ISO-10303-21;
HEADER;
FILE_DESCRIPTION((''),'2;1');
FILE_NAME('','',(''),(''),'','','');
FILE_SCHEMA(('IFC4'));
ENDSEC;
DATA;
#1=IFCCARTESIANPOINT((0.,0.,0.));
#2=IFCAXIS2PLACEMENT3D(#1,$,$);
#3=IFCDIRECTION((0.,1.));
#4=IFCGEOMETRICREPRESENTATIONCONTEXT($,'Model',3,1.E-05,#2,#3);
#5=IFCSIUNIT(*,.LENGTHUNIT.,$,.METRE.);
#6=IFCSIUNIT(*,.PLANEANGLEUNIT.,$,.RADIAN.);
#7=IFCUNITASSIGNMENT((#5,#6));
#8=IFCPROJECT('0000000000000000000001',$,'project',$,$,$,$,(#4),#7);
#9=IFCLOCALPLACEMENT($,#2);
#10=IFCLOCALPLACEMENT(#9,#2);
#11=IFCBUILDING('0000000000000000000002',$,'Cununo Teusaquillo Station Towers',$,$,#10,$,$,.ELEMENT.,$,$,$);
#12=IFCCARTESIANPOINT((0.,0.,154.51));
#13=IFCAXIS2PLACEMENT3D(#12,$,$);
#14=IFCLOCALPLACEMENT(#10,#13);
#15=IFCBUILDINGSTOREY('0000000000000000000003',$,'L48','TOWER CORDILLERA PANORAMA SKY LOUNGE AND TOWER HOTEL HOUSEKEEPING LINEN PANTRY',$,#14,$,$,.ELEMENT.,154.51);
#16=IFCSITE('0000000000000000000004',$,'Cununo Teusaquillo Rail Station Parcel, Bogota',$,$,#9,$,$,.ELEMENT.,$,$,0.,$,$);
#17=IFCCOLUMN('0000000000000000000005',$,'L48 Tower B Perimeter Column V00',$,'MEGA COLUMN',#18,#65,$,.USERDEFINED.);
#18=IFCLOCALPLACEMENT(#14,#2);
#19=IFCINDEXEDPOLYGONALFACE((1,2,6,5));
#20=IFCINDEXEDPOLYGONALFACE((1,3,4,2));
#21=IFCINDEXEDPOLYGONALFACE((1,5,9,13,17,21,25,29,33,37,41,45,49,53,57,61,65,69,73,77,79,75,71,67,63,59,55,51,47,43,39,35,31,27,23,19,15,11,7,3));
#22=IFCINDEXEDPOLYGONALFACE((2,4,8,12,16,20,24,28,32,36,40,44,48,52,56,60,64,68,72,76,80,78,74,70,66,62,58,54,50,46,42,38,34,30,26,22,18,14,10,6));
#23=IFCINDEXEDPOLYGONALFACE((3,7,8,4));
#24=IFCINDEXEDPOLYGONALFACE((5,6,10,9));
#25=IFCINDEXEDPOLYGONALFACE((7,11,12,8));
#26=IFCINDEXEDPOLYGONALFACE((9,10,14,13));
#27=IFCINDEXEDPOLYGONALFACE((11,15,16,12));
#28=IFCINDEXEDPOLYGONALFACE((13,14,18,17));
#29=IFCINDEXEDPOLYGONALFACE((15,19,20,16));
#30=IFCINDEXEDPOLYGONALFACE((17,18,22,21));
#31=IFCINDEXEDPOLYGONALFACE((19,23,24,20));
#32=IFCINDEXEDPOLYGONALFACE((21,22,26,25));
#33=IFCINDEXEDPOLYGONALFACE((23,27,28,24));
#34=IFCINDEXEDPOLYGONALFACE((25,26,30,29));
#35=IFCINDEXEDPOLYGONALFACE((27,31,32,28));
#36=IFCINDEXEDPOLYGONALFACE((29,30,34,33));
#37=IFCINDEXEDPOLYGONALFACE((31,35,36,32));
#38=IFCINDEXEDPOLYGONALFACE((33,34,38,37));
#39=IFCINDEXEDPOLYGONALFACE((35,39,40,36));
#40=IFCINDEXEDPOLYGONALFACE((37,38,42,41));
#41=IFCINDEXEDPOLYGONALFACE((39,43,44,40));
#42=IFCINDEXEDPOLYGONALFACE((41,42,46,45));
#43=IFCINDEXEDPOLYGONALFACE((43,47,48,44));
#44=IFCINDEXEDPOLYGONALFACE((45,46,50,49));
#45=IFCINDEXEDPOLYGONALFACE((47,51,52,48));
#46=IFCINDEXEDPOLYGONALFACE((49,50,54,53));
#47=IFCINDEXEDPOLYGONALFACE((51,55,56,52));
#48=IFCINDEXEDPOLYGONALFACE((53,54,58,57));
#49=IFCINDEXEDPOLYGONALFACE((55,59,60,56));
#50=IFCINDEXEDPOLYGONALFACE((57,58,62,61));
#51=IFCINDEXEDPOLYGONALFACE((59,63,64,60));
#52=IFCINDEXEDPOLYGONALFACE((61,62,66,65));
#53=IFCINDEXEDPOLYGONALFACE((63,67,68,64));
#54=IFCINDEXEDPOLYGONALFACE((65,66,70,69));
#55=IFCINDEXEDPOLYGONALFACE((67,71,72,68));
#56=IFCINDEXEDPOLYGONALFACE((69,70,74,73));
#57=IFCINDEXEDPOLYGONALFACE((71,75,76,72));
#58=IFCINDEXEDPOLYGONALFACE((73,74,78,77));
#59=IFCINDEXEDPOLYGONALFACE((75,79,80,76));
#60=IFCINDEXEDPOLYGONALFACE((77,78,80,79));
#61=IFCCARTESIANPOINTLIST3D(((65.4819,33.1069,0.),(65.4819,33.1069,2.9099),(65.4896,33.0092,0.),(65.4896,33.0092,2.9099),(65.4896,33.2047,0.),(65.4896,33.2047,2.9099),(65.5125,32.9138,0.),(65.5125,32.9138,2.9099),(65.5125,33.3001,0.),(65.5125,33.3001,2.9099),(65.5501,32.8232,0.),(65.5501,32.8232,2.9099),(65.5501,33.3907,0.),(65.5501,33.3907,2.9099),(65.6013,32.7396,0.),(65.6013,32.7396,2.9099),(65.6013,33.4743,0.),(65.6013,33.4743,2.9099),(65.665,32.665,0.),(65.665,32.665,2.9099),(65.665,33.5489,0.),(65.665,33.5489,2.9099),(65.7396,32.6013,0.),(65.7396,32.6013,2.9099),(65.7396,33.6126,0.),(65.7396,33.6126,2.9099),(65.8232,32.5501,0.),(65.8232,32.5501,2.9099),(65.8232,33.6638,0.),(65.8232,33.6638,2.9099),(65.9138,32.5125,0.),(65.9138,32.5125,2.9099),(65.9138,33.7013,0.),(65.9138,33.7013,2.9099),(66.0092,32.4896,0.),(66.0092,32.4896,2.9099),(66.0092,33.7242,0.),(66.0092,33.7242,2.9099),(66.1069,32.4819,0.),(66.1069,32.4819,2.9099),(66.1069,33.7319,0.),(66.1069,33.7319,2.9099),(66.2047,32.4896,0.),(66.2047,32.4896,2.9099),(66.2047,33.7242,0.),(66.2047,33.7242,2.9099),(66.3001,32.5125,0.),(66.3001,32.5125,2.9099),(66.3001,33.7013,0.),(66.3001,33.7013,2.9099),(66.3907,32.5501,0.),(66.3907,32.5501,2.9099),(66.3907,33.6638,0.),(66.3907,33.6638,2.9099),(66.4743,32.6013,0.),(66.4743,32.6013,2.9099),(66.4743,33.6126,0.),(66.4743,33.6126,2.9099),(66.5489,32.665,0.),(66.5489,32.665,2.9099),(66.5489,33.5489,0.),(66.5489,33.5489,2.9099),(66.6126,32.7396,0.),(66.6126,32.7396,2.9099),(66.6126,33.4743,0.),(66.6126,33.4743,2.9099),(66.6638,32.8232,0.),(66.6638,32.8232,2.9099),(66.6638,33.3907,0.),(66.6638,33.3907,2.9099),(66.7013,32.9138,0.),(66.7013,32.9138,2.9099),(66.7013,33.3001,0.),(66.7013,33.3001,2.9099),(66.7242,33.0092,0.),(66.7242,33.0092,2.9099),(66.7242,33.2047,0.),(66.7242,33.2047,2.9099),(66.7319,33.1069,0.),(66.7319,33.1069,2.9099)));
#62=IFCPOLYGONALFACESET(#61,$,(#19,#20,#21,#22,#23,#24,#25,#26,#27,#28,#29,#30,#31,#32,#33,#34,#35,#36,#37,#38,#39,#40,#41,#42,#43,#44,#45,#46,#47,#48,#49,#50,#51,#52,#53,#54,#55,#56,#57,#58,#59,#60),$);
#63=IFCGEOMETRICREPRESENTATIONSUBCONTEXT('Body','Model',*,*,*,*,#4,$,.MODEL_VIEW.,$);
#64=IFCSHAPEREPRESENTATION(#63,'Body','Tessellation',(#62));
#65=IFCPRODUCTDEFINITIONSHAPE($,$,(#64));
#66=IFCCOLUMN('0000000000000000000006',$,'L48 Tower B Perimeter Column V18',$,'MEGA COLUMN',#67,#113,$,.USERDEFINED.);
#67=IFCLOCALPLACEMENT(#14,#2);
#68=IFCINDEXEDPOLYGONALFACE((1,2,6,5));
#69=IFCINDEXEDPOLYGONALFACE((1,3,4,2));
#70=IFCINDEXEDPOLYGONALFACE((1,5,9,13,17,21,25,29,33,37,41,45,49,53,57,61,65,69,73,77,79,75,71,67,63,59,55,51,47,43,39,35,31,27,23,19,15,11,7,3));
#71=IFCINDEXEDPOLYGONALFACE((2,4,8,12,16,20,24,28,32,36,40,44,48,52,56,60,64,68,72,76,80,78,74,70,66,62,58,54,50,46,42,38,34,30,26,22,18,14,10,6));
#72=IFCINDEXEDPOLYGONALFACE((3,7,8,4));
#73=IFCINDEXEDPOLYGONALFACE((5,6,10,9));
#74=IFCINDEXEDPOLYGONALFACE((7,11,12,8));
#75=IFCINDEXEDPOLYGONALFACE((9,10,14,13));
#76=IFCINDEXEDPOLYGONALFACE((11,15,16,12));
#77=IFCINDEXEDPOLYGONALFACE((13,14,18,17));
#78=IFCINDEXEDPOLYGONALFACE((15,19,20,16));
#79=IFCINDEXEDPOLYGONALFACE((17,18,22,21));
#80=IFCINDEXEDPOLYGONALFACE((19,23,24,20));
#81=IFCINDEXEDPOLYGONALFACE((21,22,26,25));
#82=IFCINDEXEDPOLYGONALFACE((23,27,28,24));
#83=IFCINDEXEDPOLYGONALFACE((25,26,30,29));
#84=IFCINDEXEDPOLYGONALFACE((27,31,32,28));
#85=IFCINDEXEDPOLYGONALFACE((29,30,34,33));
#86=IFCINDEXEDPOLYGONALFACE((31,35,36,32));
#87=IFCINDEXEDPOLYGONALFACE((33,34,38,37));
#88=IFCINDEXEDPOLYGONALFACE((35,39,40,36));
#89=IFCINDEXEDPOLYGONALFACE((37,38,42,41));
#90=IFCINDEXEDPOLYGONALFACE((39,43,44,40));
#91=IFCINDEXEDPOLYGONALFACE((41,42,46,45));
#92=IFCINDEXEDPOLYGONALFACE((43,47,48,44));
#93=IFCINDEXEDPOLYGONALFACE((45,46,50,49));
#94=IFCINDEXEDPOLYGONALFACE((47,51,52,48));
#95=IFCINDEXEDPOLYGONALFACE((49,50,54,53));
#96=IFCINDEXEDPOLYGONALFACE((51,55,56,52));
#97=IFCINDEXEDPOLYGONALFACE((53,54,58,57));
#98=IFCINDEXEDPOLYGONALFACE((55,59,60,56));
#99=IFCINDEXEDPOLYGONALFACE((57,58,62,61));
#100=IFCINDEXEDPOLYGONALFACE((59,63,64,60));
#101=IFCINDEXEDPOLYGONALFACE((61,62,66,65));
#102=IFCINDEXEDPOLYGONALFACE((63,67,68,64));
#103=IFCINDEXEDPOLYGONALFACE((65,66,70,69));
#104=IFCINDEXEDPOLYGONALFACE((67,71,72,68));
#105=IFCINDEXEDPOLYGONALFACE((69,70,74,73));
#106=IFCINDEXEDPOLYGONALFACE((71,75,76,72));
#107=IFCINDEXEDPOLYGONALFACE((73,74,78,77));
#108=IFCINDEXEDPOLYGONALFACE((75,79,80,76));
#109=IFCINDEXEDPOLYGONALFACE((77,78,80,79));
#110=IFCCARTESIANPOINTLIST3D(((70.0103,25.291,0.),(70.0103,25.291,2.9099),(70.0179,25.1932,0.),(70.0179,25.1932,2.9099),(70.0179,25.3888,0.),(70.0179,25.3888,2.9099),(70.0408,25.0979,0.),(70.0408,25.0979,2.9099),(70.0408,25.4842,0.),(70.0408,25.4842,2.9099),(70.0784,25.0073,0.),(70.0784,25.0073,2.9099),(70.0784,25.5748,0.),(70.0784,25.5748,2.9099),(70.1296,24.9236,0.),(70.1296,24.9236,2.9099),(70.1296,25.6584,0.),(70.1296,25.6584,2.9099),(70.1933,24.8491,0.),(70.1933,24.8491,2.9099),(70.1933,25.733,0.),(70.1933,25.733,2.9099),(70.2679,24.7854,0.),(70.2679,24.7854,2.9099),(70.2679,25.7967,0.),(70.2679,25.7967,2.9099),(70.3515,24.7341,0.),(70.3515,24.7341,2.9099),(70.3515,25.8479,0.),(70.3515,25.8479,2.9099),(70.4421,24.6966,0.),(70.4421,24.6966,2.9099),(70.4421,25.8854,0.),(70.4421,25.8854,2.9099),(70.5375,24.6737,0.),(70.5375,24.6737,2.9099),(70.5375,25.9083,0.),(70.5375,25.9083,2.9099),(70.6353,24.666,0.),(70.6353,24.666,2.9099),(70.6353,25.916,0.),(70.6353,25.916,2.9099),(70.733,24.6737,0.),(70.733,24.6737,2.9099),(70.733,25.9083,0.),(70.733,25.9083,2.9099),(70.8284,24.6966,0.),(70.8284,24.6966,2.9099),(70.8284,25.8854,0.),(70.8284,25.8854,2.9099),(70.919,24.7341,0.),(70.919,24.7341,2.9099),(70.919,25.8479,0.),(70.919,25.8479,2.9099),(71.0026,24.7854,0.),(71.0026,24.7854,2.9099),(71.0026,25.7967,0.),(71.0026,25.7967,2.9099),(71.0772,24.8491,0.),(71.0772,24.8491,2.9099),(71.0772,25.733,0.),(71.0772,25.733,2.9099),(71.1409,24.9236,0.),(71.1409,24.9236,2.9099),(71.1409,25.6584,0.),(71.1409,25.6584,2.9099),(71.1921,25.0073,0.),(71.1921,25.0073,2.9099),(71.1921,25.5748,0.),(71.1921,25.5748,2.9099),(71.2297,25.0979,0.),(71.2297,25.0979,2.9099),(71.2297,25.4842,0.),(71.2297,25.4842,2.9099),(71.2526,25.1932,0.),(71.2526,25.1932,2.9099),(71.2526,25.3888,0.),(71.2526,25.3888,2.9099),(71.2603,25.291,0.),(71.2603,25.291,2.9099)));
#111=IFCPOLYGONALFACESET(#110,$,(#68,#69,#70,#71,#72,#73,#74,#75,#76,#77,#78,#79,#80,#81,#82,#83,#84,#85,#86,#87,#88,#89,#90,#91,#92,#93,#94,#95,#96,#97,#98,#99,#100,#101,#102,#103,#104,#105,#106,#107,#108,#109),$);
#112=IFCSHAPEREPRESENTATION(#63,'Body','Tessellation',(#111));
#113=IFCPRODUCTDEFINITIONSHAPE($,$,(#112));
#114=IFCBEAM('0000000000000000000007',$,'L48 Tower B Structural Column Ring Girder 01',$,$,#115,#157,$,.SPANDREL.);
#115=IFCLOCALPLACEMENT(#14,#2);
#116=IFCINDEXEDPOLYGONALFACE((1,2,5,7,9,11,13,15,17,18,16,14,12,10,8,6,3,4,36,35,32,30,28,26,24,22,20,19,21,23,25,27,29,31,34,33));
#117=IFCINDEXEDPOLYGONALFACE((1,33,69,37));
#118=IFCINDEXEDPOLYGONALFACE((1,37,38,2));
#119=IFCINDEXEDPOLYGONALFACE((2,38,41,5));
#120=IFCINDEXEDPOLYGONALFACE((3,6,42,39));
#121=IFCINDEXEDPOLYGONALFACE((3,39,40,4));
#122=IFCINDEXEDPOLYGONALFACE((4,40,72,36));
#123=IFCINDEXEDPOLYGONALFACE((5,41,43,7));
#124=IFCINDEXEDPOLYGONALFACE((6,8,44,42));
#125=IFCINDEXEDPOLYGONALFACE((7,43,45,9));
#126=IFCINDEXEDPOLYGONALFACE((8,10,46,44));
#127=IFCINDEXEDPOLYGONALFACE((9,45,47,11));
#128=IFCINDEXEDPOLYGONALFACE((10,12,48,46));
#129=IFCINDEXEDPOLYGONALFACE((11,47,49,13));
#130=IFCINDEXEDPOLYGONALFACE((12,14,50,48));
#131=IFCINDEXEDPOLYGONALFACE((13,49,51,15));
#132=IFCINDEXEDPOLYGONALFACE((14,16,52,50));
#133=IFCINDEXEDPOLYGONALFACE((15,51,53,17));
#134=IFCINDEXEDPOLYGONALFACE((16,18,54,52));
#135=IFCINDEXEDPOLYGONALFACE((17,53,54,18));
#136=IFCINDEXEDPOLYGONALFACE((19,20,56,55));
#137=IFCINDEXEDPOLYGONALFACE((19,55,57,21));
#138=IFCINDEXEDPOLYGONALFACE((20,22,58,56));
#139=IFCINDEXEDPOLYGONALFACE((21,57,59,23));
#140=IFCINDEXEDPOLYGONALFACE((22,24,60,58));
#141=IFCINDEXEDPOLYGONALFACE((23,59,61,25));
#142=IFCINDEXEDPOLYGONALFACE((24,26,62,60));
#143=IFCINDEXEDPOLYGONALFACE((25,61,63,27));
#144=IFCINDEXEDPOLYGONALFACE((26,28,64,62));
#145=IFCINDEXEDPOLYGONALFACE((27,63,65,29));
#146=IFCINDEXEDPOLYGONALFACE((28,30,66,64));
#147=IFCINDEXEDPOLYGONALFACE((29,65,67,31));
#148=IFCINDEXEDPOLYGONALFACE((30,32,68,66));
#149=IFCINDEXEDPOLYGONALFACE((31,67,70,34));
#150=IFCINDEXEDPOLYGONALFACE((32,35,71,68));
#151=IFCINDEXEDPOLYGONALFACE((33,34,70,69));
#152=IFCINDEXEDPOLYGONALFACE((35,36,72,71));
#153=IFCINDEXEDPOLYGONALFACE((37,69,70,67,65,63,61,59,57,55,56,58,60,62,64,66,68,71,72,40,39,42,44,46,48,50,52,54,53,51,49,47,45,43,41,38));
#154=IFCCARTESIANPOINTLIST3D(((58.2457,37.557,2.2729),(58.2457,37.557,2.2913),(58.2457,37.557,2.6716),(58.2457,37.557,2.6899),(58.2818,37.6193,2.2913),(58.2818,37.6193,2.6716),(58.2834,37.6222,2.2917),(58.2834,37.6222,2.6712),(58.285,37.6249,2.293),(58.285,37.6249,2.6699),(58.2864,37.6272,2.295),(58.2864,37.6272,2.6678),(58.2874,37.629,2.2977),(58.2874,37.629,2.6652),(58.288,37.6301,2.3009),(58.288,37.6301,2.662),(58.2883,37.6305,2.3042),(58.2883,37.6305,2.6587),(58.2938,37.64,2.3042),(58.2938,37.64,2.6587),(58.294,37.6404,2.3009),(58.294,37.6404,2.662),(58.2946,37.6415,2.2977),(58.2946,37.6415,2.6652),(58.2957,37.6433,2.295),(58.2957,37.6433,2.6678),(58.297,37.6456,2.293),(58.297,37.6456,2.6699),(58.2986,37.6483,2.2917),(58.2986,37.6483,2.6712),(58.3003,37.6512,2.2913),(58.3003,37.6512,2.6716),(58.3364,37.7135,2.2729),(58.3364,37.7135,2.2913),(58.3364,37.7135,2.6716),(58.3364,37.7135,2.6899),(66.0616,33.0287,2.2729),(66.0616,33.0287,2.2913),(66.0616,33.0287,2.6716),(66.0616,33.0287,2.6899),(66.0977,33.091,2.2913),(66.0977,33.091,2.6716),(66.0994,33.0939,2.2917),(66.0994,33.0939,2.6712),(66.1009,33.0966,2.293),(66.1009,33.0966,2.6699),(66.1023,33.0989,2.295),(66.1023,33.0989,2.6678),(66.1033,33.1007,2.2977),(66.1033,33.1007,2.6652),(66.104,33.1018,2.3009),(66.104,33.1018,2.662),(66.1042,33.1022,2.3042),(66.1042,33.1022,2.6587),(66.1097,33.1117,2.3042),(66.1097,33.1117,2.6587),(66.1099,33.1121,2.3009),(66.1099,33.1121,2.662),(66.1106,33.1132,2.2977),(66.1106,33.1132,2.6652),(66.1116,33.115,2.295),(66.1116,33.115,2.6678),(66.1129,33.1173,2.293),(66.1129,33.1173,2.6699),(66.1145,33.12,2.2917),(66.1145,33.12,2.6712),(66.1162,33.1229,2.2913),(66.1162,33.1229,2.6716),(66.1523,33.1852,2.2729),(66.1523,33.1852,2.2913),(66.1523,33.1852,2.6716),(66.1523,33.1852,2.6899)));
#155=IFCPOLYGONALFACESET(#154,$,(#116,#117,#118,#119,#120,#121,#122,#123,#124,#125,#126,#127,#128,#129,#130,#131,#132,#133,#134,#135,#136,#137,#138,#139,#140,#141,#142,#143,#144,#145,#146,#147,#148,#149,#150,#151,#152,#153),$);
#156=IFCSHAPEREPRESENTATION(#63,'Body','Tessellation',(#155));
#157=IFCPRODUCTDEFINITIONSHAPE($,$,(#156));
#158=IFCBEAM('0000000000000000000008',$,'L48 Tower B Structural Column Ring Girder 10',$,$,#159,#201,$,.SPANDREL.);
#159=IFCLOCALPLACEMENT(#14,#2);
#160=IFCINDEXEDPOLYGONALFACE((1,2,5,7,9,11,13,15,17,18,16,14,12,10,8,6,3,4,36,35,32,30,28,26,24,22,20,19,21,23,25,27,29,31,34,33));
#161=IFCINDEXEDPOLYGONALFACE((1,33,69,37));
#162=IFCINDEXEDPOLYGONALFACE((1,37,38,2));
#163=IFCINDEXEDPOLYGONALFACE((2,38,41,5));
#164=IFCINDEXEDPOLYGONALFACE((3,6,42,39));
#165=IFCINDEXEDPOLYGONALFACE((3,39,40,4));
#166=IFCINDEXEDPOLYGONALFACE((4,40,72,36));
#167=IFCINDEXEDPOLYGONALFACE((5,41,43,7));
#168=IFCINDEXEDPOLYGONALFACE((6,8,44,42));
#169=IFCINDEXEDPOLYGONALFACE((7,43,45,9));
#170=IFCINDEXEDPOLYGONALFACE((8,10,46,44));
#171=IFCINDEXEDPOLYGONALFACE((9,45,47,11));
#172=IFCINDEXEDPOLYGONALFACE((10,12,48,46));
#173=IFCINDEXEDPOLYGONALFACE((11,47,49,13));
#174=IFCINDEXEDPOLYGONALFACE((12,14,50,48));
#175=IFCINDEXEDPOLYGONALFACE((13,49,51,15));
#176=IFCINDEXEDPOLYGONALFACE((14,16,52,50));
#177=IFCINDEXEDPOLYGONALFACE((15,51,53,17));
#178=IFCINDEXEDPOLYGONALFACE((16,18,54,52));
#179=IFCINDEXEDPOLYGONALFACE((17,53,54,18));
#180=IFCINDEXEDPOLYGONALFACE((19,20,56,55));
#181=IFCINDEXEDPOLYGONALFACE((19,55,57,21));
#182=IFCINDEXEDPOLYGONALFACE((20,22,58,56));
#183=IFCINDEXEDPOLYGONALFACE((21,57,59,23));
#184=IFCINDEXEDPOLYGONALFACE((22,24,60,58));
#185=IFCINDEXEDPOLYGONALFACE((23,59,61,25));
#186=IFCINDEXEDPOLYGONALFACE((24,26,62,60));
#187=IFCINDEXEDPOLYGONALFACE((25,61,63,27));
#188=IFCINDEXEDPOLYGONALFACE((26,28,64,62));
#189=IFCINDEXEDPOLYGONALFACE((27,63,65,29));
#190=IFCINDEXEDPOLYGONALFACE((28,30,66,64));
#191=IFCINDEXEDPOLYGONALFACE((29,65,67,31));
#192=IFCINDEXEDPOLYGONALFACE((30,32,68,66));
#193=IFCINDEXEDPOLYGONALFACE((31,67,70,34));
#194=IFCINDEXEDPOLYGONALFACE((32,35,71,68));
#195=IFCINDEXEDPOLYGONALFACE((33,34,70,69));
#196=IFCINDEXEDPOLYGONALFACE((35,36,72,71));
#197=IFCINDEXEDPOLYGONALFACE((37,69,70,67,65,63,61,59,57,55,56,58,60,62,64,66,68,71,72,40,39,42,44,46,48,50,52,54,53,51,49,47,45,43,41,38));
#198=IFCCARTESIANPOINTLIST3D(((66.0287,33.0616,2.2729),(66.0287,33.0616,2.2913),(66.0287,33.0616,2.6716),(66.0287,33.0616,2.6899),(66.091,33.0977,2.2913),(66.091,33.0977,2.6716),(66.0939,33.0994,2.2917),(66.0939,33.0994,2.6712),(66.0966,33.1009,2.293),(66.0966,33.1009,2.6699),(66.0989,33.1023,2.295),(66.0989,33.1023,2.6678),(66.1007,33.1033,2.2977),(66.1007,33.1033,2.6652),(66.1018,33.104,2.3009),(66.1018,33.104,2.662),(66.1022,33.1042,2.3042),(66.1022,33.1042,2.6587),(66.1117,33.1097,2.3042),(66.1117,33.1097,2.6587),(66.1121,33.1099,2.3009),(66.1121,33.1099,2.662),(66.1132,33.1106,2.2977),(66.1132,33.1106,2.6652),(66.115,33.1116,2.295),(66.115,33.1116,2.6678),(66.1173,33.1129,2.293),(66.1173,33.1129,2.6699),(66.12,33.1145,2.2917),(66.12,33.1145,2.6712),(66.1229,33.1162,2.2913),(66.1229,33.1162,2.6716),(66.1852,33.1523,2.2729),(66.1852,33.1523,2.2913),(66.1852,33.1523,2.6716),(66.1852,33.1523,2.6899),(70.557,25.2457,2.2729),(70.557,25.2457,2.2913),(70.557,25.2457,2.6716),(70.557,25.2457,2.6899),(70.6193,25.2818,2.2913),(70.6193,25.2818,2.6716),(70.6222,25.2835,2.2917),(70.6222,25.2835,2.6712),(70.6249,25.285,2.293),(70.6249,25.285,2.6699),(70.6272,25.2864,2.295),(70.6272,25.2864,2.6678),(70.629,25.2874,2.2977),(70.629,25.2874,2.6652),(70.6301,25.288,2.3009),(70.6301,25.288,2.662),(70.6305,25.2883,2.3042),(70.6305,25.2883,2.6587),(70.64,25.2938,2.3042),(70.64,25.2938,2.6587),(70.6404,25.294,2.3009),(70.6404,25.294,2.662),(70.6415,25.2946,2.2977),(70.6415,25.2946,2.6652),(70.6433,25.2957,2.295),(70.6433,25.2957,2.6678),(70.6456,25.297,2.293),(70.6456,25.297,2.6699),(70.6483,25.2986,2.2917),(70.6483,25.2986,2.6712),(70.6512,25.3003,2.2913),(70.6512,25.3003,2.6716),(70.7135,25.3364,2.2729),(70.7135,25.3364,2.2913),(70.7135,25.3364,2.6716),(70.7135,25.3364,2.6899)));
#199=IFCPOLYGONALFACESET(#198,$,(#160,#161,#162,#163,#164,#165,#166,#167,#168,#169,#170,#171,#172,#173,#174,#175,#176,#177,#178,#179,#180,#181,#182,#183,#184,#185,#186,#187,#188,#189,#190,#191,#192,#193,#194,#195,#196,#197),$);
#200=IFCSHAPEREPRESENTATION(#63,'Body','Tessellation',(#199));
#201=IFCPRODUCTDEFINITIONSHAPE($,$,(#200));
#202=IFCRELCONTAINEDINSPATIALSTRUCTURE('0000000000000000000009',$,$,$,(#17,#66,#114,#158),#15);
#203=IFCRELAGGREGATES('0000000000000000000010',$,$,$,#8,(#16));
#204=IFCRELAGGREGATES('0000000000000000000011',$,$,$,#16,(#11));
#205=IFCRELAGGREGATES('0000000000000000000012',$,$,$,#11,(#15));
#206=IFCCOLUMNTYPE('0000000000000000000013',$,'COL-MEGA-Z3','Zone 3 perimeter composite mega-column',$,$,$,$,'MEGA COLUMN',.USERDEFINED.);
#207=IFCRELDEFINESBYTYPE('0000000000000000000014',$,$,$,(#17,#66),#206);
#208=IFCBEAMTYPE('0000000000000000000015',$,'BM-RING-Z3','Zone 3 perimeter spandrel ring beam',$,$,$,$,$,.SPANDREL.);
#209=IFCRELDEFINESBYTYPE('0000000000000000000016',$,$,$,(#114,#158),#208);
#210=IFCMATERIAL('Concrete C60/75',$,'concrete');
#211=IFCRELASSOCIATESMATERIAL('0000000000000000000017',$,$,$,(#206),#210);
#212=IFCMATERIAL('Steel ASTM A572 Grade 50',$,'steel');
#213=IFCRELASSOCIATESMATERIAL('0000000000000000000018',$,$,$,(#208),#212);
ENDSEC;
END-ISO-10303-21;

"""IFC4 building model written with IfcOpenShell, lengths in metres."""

from ifc_helpers import new_model, si_unit, direction, frame, origin, origin_2d, place, context, subcontext, project, spatial, circle, i_section, extrude, material, material_profile, profile_set, type_object, element, save


model = new_model("IFC4")

# Units and contexts
model_context = context("Model", 3, precision=1e-05, world=origin(), true_north=direction((0.0, 1.0)))
body_context = subcontext(model_context, "Body", "Model", "MODEL_VIEW")
ifc_project = project(units=[si_unit("LENGTHUNIT", "METRE"), si_unit("PLANEANGLEUNIT", "RADIAN")], contexts=[model_context])

# Site, building, storey
site_placement = place(None, origin())
site = spatial("IfcSite", under=ifc_project, at=site_placement, Name="Cununo Teusaquillo Rail Station Parcel, Bogota", CompositionType="ELEMENT", RefElevation=0.0)
building_placement = place(site_placement, origin())
building = spatial("IfcBuilding", under=site, at=building_placement, Name="Cununo Teusaquillo Station Towers", CompositionType="ELEMENT")
storey_placement = place(building_placement, frame((0.0, 0.0, 154.51)))
storey = spatial("IfcBuildingStorey", under=building, at=storey_placement, Name="L48", Description="TOWER CORDILLERA PANORAMA SKY LOUNGE AND TOWER HOTEL HOUSEKEEPING LINEN PANTRY", CompositionType="ELEMENT", Elevation=154.51)

# Columns
ifc_material_1 = material(Name="Concrete C60/75", Category="concrete")
ifc_material_profile_1 = material_profile(ifc_material_1, circle(Radius=0.625, at=origin_2d()), Name="RC-CIRC-1250")
ifc_profile_set_1 = profile_set([ifc_material_profile_1], Name="Concrete C60/75")
column_type = type_object("IfcColumnType", Name="COL-MEGA-Z3", Description="Zone 3 perimeter composite mega-column", ElementType="MEGA COLUMN", PredefinedType="USERDEFINED", material=ifc_profile_set_1)
for number, where, z_axis, x_axis, name in (
    (1, (66.1069, 33.1069, 0.0), (0.0, 0.0, 1.0), (1.0, 0.0, 0.0), "L48 Tower B Perimeter Column V00"),
    (2, (70.6353, 25.291, 0.0), (0.0, 0.0, 1.0), (1.0, 0.0, 0.0), "L48 Tower B Perimeter Column V18"),
):
    element("IfcColumn", number, at=place(storey_placement, frame(where, z_axis=z_axis, x_axis=x_axis)), inside=storey, type_object=column_type, Name=name, ObjectType="MEGA COLUMN", PredefinedType="USERDEFINED", context=body_context, shape_type="SweptSolid", body=[
        extrude(circle(Radius=0.625, at=origin_2d()), origin(), (0.0, 0.0, 1.0), 2.9099),
    ])

# Beams
ifc_material_2 = material(Name="Steel ASTM A572 Grade 50", Category="steel")
ifc_material_profile_2 = material_profile(ifc_material_2, i_section(OverallWidth=0.1809, OverallDepth=0.417, WebThickness=0.011, FlangeThickness=0.0183, FilletRadius=0.0129, at=origin_2d()), Name="W16X57")
ifc_profile_set_2 = profile_set([ifc_material_profile_2], Name="Steel ASTM A572 Grade 50")
beam_type = type_object("IfcBeamType", Name="BM-RING-Z3", Description="Zone 3 perimeter spandrel ring beam", PredefinedType="SPANDREL", material=ifc_profile_set_2)
for number, where, z_axis, x_axis, name in (
    (3, (66.1069, 33.1069, 2.4814), (-0.865267, 0.501311, 0.0), (-0.501311, -0.865267, 0.0), "L48 Tower B Structural Column Ring Girder 01"),
    (4, (70.6353, 25.291, 2.4814), (-0.501311, 0.865267, 0.0), (-0.865267, -0.501311, 0.0), "L48 Tower B Structural Column Ring Girder 10"),
):
    element("IfcBeam", number, at=place(storey_placement, frame(where, z_axis=z_axis, x_axis=x_axis)), inside=storey, type_object=beam_type, Name=name, PredefinedType="SPANDREL", context=body_context, shape_type="SweptSolid", body=[
        extrude(i_section(OverallWidth=0.1809, OverallDepth=0.417, WebThickness=0.011, FlangeThickness=0.0183, FilletRadius=0.0129, at=origin_2d()), origin(), (0.0, 0.0, 1.0), 9.033),
    ])

save(model, "model.ifc")
